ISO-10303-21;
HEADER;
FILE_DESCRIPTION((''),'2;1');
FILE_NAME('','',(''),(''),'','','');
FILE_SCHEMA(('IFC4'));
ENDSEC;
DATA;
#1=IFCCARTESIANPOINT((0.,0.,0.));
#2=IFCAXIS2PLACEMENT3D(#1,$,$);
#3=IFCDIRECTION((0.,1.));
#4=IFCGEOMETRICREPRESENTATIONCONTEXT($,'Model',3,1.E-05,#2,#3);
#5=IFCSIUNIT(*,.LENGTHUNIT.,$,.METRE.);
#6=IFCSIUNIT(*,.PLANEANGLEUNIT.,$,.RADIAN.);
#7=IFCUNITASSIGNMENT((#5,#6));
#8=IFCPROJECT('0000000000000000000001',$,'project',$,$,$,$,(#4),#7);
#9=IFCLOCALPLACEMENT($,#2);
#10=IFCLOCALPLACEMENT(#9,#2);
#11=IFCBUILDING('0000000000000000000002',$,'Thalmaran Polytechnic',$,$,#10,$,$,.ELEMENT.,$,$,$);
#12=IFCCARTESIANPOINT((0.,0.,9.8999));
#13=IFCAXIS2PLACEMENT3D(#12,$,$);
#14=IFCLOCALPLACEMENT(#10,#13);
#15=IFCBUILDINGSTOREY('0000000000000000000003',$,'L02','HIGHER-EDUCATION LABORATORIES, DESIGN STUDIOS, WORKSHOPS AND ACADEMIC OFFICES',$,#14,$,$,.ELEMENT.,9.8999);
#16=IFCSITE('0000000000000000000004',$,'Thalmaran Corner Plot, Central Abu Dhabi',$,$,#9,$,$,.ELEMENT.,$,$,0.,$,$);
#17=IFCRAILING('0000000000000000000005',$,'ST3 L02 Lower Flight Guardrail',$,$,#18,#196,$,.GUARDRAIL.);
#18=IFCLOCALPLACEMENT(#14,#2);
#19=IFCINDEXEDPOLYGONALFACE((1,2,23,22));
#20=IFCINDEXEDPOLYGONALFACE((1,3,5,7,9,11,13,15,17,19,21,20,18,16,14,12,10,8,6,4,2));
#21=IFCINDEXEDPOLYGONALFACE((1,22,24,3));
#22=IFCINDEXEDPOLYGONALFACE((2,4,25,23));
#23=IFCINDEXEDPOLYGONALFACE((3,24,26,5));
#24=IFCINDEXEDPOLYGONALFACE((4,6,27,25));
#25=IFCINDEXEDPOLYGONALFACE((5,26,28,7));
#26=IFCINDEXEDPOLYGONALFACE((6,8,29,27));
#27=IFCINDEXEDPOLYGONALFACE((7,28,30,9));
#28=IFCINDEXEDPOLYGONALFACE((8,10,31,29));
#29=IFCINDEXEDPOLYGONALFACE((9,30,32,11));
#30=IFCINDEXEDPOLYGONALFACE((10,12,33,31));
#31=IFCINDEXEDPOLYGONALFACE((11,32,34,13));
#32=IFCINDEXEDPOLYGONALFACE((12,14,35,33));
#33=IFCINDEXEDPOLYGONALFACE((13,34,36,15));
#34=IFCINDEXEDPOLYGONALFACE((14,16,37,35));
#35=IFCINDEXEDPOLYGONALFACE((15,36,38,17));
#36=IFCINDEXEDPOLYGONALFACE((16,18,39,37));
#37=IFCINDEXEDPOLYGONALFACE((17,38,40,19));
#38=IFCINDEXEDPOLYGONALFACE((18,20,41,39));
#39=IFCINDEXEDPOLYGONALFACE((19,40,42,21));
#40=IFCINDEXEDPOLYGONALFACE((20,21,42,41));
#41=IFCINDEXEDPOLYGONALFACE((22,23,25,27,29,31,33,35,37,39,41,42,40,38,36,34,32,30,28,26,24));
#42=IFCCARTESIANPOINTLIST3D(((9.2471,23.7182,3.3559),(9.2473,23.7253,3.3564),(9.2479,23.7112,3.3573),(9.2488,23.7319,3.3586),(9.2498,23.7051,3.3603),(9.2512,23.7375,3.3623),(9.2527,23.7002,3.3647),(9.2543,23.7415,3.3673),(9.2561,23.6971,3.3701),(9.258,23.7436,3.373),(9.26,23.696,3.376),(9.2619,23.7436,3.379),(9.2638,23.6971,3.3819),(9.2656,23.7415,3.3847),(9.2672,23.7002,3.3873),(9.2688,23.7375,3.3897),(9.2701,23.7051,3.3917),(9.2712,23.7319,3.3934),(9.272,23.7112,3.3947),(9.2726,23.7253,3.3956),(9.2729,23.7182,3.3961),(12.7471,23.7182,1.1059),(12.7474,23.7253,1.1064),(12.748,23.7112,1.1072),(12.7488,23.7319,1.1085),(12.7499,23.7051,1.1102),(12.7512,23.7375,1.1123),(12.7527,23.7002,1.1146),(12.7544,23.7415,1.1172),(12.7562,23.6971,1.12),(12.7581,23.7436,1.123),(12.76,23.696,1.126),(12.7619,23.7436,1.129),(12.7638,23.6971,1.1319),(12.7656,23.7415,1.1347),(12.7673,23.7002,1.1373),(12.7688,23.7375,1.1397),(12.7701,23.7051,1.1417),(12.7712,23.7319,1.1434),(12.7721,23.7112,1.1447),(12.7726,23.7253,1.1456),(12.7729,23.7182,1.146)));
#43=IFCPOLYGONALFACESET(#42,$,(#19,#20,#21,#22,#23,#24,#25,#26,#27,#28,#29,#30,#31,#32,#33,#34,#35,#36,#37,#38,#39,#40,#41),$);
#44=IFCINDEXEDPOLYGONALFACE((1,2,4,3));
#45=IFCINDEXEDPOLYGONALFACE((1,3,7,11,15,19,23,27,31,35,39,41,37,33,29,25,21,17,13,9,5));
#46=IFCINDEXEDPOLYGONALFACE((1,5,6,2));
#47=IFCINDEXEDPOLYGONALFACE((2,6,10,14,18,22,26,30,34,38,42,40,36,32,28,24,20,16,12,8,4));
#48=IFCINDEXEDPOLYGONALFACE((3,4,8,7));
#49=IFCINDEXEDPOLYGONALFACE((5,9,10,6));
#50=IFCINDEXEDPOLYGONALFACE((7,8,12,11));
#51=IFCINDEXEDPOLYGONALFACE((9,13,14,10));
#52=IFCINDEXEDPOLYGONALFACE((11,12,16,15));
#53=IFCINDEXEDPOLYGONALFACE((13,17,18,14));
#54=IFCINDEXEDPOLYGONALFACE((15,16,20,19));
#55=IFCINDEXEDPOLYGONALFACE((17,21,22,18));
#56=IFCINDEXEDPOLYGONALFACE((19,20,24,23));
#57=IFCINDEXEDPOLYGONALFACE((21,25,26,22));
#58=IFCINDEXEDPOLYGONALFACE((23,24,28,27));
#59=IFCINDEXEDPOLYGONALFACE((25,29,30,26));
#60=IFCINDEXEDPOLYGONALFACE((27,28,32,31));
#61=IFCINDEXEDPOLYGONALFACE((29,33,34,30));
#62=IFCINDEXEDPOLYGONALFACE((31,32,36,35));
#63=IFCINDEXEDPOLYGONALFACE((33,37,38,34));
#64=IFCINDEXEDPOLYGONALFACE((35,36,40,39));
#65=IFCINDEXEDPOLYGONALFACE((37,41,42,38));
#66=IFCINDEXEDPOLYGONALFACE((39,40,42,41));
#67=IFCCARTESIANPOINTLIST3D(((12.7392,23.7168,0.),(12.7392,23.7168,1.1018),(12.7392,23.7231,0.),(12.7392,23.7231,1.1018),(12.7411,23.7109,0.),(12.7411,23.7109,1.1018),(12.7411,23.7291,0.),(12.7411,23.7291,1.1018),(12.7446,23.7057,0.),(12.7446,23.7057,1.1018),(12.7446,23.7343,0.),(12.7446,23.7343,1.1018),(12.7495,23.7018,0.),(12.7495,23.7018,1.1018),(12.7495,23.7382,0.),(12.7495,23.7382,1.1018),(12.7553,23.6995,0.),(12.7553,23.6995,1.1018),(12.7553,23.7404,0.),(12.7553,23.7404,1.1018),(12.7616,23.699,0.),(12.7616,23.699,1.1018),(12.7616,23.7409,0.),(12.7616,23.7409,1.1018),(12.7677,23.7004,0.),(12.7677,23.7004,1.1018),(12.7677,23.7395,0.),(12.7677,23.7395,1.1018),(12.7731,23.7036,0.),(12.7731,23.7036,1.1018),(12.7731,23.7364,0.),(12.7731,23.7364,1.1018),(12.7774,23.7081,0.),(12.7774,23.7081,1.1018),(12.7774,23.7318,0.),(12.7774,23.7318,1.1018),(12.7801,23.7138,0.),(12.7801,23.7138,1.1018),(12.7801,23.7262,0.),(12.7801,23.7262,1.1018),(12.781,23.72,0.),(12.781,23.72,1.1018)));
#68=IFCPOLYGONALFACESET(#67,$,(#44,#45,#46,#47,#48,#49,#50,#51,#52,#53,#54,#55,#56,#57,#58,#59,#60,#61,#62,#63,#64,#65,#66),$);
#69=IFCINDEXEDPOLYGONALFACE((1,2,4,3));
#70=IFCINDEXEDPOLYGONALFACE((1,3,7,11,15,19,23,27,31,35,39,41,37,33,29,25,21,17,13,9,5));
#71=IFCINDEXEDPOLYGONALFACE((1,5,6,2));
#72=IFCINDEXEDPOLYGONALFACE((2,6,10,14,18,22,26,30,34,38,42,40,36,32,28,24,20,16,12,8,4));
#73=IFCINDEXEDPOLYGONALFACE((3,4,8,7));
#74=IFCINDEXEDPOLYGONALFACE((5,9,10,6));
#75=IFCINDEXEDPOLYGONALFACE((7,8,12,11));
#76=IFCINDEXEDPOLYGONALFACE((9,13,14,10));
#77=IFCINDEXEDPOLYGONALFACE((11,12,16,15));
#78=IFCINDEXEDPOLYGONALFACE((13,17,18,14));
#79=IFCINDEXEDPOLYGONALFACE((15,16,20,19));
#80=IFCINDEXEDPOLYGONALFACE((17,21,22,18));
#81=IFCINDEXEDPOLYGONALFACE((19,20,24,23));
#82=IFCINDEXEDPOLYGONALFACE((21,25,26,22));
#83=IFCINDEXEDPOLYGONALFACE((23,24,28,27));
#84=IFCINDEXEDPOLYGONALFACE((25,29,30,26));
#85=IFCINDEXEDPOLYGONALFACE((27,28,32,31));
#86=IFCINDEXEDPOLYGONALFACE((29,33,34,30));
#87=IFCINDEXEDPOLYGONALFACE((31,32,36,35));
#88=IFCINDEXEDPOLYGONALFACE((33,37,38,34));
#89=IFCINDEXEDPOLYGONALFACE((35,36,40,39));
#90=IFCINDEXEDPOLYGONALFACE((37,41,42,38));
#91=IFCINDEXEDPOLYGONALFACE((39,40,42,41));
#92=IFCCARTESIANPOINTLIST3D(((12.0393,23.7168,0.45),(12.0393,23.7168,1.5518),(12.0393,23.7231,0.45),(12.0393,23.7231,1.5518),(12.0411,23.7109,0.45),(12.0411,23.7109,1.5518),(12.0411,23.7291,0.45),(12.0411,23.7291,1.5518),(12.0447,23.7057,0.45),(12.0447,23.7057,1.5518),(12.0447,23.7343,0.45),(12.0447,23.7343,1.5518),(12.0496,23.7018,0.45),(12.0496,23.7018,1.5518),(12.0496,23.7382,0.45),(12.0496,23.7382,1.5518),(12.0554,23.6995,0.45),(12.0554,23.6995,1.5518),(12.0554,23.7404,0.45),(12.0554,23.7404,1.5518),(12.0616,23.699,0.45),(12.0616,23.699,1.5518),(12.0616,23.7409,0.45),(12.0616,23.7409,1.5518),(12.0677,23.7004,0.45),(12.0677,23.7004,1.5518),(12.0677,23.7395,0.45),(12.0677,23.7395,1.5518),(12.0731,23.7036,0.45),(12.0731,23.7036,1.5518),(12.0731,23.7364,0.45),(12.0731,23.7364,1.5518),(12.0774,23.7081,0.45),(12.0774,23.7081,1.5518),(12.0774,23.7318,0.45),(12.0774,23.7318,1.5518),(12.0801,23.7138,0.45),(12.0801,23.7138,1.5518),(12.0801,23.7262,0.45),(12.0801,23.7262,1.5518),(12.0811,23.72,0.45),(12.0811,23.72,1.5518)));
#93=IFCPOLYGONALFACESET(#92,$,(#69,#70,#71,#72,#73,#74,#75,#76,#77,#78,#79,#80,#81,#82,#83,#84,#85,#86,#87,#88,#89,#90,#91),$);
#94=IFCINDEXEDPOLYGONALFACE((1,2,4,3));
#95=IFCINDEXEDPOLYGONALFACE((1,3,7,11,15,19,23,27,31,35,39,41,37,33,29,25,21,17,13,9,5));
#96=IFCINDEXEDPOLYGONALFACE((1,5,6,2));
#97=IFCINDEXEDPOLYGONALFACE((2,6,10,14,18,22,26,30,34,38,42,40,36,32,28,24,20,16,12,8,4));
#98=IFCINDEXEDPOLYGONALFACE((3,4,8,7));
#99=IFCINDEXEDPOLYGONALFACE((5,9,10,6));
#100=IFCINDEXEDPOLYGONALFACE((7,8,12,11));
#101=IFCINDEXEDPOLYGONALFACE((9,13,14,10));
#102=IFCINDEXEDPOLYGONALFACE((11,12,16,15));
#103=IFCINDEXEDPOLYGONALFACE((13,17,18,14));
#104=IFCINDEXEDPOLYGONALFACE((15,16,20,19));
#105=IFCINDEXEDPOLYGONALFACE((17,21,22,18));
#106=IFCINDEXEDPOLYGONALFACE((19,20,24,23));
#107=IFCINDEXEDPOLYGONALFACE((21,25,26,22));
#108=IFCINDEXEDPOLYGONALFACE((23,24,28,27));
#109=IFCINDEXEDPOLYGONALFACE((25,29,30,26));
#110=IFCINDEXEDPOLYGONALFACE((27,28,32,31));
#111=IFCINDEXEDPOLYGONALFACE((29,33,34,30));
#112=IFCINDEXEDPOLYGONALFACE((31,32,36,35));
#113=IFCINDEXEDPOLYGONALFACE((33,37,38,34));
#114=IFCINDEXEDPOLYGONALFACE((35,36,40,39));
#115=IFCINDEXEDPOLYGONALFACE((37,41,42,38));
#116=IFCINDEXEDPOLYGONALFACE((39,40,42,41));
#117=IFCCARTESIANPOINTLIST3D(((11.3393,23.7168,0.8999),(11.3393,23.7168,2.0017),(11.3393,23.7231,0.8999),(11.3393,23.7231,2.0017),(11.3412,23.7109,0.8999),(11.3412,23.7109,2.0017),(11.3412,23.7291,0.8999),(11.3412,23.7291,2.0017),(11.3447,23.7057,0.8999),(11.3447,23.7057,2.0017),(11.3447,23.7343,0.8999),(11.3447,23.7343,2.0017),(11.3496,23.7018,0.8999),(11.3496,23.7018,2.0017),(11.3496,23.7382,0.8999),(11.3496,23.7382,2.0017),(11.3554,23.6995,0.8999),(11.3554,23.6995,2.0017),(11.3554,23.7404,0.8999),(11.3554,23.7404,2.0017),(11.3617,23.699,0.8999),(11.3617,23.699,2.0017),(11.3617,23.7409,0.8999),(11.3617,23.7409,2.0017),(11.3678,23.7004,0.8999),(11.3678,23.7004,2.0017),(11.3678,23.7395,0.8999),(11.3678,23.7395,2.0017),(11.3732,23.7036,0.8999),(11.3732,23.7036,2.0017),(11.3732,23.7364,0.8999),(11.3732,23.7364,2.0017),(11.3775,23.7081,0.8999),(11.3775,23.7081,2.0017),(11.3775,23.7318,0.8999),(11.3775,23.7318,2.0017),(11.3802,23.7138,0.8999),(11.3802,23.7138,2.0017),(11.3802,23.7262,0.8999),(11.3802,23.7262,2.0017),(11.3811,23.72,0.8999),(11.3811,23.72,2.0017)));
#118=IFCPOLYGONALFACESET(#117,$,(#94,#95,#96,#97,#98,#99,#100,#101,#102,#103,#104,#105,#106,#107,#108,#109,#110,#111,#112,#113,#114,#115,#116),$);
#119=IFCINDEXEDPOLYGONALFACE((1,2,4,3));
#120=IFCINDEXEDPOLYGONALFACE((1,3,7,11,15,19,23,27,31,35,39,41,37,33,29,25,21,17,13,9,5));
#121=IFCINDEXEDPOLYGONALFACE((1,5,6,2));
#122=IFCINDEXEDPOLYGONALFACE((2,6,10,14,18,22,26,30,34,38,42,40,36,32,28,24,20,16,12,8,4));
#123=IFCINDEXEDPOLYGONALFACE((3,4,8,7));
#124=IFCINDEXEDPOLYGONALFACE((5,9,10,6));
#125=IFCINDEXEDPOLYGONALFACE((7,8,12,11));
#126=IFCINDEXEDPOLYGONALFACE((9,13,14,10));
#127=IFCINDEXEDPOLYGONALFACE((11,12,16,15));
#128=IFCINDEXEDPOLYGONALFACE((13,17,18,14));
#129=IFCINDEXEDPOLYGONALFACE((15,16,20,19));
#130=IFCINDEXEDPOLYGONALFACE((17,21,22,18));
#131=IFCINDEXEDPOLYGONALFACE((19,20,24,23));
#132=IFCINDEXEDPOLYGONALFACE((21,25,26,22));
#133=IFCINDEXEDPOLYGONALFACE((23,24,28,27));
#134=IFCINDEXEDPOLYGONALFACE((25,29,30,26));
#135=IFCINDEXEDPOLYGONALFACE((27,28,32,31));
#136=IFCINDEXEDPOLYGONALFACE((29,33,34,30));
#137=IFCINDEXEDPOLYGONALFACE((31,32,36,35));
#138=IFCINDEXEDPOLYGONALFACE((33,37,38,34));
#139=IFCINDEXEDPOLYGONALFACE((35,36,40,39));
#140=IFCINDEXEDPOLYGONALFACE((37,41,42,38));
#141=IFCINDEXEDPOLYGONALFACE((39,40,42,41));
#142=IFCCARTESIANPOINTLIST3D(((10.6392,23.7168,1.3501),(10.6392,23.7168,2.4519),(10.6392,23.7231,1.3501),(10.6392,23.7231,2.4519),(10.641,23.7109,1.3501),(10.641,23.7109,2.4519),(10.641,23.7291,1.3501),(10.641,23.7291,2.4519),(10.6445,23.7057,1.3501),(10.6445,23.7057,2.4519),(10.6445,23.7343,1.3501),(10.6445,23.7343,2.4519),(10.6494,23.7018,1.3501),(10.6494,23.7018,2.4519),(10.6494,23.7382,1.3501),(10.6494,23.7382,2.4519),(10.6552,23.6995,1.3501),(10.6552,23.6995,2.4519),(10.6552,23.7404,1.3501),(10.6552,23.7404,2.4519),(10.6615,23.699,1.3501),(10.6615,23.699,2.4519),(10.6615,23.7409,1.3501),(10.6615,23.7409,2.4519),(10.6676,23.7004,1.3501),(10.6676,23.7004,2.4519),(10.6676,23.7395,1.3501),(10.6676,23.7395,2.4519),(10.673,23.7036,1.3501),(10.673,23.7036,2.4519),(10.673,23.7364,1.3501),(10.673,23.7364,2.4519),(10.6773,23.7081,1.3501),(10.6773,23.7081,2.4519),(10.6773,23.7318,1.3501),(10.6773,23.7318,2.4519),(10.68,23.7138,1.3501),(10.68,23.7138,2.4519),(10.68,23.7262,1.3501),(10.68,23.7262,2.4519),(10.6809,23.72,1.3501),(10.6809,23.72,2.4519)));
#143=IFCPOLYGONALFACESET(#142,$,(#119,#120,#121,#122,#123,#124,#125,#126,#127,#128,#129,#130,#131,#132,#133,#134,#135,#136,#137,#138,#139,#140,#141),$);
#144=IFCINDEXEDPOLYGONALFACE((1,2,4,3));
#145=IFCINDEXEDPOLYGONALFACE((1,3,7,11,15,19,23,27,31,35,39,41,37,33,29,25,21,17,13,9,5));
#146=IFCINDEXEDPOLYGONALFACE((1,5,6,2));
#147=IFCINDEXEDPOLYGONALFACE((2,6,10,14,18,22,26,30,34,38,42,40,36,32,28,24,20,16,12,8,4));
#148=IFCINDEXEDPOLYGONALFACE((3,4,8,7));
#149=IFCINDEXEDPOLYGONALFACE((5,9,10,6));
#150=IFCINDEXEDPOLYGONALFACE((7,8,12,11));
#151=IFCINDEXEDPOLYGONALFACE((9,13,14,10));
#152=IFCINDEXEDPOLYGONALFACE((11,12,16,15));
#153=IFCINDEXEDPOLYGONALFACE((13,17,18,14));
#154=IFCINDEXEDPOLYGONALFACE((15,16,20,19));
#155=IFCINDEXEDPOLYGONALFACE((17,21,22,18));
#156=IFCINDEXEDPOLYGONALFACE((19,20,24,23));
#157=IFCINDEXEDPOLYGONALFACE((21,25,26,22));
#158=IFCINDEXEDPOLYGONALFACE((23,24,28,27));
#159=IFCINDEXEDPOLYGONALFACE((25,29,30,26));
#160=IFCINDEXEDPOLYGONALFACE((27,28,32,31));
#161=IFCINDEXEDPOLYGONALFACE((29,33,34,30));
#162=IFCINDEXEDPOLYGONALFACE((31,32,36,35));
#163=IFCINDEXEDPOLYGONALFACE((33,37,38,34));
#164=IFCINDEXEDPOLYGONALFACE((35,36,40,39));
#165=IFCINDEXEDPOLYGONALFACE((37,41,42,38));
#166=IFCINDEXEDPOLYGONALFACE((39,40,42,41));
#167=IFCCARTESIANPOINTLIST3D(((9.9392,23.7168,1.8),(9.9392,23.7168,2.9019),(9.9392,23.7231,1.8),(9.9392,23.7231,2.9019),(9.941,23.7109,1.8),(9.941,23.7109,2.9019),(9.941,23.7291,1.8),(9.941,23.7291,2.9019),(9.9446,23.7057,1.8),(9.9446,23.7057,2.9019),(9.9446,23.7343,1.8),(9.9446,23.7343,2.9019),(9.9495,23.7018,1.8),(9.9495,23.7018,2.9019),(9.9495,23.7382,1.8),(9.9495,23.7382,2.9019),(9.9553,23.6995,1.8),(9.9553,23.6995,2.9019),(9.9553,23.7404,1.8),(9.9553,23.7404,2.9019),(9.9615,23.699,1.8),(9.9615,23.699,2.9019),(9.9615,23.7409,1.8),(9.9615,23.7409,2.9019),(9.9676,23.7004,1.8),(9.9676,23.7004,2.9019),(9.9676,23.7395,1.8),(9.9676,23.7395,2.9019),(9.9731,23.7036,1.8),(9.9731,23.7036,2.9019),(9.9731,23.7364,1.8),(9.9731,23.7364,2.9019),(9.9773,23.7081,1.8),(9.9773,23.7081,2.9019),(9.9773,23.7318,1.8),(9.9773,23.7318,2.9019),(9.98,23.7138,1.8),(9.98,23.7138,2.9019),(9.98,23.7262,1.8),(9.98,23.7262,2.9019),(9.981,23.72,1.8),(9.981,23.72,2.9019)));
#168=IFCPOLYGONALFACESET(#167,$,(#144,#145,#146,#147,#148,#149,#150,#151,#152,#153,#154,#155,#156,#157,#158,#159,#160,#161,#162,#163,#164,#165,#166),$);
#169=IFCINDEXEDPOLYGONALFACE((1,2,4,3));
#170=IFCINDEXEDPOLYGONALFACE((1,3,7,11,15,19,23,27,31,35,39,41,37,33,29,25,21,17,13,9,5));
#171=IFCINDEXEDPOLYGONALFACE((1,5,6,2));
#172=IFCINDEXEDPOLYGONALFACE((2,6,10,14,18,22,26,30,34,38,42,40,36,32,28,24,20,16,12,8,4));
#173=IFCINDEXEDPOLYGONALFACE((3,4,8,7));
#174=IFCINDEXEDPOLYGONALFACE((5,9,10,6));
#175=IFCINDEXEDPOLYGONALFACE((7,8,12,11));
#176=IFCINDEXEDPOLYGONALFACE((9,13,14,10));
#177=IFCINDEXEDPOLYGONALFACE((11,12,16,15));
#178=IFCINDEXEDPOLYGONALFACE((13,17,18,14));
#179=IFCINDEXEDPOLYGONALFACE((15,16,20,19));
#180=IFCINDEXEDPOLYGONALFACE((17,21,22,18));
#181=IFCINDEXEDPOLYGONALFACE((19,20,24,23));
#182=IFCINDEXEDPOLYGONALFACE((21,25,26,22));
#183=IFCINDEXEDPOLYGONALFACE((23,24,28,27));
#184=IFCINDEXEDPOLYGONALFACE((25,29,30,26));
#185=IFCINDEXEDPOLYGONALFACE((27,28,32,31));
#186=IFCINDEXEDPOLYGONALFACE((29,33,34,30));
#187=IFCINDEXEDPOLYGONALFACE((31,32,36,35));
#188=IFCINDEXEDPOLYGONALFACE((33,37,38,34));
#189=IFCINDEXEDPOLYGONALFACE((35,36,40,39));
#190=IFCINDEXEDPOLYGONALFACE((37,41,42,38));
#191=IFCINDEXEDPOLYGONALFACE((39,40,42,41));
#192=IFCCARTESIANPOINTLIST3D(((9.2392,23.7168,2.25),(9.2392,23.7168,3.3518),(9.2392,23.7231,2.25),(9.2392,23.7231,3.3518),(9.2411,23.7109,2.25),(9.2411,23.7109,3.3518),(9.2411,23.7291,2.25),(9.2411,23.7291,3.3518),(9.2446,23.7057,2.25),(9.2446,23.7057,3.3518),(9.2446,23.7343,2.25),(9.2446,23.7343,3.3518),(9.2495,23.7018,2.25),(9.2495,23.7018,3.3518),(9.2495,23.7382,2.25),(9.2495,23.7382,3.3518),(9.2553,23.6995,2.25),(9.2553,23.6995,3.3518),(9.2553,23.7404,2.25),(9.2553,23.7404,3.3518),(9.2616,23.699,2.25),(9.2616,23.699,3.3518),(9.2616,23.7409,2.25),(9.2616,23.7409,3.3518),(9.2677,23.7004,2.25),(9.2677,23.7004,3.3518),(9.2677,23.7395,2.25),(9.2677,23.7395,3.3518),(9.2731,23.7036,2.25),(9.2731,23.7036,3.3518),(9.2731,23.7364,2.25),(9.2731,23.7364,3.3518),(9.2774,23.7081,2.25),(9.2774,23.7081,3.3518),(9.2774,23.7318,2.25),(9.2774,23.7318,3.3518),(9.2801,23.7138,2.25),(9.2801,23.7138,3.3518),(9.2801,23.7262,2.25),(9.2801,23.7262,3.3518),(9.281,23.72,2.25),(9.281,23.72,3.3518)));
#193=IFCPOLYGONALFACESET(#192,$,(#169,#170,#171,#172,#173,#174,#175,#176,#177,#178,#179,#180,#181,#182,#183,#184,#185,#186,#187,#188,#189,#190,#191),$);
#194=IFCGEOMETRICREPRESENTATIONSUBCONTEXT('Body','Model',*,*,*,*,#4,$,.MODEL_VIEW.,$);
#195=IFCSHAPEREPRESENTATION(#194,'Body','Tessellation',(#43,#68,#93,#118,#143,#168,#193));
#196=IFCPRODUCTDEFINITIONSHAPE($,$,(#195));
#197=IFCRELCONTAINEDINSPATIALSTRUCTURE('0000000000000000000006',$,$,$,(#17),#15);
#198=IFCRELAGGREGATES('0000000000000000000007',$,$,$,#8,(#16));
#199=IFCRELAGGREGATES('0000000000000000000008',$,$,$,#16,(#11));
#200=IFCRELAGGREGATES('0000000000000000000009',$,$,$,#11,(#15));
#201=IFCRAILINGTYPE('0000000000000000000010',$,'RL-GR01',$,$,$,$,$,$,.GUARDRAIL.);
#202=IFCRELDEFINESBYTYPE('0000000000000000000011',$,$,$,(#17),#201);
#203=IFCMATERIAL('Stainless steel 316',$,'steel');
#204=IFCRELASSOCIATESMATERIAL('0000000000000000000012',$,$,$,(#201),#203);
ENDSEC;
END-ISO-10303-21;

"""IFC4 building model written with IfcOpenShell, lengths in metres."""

from ifc_helpers import new_model, si_unit, direction, frame, origin, origin_2d, place, context, subcontext, project, spatial, circle, extrude, material, type_object, element, save


model = new_model("IFC4")

# Units and contexts
model_context = context("Model", 3, precision=1e-05, world=origin(), true_north=direction((0.0, 1.0)))
body_context = subcontext(model_context, "Body", "Model", "MODEL_VIEW")
ifc_project = project(units=[si_unit("LENGTHUNIT", "METRE"), si_unit("PLANEANGLEUNIT", "RADIAN")], contexts=[model_context])

# Site, building, storey
site_placement = place(None, origin())
site = spatial("IfcSite", under=ifc_project, at=site_placement, Name="Thalmaran Corner Plot, Central Abu Dhabi", CompositionType="ELEMENT", RefElevation=0.0)
building_placement = place(site_placement, origin())
building = spatial("IfcBuilding", under=site, at=building_placement, Name="Thalmaran Polytechnic", CompositionType="ELEMENT")
storey_placement = place(building_placement, frame((0.0, 0.0, 9.8999)))
storey = spatial("IfcBuildingStorey", under=building, at=storey_placement, Name="L02", Description="HIGHER-EDUCATION LABORATORIES, DESIGN STUDIOS, WORKSHOPS AND ACADEMIC OFFICES", CompositionType="ELEMENT", Elevation=9.8999)

# Railing
ifc_material_1 = material(Name="Stainless steel 316", Category="steel")
railing_type_1 = type_object("IfcRailingType", Name="RL-GR01", PredefinedType="GUARDRAIL", material=ifc_material_1)
railing_1_placement = place(storey_placement, frame((12.76, 23.72, 0.0)))
element("IfcRailing", 1, at=railing_1_placement, inside=storey, type_object=railing_type_1, Name="ST3 L02 Lower Flight Guardrail", PredefinedType="GUARDRAIL", context=body_context, shape_type="SweptSolid", body=[
    extrude(circle(Radius=0.0239, at=origin_2d()), frame((0.0, 0.0, 1.126), z_axis=(-0.841178, 0.0, 0.540758), x_axis=(0.0, -1.0, 0.0)), (0.0, 0.0, 1.0), 4.1609),
    extrude(circle(Radius=0.021, at=origin_2d()), origin(), (0.0, 0.0, 1.0), 1.1018),
    extrude(circle(Radius=0.021, at=origin_2d()), frame((-0.7, 0.0, 0.45)), (0.0, 0.0, 1.0), 1.1018),
    extrude(circle(Radius=0.021, at=origin_2d()), frame((-1.3999, 0.0, 0.8999)), (0.0, 0.0, 1.0), 1.1018),
    extrude(circle(Radius=0.021, at=origin_2d()), frame((-2.1001, 0.0, 1.3501)), (0.0, 0.0, 1.0), 1.1018),
    extrude(circle(Radius=0.021, at=origin_2d()), frame((-2.8, 0.0, 1.8)), (0.0, 0.0, 1.0), 1.1018),
    extrude(circle(Radius=0.021, at=origin_2d()), frame((-3.5, 0.0, 2.25)), (0.0, 0.0, 1.0), 1.1018),
])

save(model, "model.ifc")
